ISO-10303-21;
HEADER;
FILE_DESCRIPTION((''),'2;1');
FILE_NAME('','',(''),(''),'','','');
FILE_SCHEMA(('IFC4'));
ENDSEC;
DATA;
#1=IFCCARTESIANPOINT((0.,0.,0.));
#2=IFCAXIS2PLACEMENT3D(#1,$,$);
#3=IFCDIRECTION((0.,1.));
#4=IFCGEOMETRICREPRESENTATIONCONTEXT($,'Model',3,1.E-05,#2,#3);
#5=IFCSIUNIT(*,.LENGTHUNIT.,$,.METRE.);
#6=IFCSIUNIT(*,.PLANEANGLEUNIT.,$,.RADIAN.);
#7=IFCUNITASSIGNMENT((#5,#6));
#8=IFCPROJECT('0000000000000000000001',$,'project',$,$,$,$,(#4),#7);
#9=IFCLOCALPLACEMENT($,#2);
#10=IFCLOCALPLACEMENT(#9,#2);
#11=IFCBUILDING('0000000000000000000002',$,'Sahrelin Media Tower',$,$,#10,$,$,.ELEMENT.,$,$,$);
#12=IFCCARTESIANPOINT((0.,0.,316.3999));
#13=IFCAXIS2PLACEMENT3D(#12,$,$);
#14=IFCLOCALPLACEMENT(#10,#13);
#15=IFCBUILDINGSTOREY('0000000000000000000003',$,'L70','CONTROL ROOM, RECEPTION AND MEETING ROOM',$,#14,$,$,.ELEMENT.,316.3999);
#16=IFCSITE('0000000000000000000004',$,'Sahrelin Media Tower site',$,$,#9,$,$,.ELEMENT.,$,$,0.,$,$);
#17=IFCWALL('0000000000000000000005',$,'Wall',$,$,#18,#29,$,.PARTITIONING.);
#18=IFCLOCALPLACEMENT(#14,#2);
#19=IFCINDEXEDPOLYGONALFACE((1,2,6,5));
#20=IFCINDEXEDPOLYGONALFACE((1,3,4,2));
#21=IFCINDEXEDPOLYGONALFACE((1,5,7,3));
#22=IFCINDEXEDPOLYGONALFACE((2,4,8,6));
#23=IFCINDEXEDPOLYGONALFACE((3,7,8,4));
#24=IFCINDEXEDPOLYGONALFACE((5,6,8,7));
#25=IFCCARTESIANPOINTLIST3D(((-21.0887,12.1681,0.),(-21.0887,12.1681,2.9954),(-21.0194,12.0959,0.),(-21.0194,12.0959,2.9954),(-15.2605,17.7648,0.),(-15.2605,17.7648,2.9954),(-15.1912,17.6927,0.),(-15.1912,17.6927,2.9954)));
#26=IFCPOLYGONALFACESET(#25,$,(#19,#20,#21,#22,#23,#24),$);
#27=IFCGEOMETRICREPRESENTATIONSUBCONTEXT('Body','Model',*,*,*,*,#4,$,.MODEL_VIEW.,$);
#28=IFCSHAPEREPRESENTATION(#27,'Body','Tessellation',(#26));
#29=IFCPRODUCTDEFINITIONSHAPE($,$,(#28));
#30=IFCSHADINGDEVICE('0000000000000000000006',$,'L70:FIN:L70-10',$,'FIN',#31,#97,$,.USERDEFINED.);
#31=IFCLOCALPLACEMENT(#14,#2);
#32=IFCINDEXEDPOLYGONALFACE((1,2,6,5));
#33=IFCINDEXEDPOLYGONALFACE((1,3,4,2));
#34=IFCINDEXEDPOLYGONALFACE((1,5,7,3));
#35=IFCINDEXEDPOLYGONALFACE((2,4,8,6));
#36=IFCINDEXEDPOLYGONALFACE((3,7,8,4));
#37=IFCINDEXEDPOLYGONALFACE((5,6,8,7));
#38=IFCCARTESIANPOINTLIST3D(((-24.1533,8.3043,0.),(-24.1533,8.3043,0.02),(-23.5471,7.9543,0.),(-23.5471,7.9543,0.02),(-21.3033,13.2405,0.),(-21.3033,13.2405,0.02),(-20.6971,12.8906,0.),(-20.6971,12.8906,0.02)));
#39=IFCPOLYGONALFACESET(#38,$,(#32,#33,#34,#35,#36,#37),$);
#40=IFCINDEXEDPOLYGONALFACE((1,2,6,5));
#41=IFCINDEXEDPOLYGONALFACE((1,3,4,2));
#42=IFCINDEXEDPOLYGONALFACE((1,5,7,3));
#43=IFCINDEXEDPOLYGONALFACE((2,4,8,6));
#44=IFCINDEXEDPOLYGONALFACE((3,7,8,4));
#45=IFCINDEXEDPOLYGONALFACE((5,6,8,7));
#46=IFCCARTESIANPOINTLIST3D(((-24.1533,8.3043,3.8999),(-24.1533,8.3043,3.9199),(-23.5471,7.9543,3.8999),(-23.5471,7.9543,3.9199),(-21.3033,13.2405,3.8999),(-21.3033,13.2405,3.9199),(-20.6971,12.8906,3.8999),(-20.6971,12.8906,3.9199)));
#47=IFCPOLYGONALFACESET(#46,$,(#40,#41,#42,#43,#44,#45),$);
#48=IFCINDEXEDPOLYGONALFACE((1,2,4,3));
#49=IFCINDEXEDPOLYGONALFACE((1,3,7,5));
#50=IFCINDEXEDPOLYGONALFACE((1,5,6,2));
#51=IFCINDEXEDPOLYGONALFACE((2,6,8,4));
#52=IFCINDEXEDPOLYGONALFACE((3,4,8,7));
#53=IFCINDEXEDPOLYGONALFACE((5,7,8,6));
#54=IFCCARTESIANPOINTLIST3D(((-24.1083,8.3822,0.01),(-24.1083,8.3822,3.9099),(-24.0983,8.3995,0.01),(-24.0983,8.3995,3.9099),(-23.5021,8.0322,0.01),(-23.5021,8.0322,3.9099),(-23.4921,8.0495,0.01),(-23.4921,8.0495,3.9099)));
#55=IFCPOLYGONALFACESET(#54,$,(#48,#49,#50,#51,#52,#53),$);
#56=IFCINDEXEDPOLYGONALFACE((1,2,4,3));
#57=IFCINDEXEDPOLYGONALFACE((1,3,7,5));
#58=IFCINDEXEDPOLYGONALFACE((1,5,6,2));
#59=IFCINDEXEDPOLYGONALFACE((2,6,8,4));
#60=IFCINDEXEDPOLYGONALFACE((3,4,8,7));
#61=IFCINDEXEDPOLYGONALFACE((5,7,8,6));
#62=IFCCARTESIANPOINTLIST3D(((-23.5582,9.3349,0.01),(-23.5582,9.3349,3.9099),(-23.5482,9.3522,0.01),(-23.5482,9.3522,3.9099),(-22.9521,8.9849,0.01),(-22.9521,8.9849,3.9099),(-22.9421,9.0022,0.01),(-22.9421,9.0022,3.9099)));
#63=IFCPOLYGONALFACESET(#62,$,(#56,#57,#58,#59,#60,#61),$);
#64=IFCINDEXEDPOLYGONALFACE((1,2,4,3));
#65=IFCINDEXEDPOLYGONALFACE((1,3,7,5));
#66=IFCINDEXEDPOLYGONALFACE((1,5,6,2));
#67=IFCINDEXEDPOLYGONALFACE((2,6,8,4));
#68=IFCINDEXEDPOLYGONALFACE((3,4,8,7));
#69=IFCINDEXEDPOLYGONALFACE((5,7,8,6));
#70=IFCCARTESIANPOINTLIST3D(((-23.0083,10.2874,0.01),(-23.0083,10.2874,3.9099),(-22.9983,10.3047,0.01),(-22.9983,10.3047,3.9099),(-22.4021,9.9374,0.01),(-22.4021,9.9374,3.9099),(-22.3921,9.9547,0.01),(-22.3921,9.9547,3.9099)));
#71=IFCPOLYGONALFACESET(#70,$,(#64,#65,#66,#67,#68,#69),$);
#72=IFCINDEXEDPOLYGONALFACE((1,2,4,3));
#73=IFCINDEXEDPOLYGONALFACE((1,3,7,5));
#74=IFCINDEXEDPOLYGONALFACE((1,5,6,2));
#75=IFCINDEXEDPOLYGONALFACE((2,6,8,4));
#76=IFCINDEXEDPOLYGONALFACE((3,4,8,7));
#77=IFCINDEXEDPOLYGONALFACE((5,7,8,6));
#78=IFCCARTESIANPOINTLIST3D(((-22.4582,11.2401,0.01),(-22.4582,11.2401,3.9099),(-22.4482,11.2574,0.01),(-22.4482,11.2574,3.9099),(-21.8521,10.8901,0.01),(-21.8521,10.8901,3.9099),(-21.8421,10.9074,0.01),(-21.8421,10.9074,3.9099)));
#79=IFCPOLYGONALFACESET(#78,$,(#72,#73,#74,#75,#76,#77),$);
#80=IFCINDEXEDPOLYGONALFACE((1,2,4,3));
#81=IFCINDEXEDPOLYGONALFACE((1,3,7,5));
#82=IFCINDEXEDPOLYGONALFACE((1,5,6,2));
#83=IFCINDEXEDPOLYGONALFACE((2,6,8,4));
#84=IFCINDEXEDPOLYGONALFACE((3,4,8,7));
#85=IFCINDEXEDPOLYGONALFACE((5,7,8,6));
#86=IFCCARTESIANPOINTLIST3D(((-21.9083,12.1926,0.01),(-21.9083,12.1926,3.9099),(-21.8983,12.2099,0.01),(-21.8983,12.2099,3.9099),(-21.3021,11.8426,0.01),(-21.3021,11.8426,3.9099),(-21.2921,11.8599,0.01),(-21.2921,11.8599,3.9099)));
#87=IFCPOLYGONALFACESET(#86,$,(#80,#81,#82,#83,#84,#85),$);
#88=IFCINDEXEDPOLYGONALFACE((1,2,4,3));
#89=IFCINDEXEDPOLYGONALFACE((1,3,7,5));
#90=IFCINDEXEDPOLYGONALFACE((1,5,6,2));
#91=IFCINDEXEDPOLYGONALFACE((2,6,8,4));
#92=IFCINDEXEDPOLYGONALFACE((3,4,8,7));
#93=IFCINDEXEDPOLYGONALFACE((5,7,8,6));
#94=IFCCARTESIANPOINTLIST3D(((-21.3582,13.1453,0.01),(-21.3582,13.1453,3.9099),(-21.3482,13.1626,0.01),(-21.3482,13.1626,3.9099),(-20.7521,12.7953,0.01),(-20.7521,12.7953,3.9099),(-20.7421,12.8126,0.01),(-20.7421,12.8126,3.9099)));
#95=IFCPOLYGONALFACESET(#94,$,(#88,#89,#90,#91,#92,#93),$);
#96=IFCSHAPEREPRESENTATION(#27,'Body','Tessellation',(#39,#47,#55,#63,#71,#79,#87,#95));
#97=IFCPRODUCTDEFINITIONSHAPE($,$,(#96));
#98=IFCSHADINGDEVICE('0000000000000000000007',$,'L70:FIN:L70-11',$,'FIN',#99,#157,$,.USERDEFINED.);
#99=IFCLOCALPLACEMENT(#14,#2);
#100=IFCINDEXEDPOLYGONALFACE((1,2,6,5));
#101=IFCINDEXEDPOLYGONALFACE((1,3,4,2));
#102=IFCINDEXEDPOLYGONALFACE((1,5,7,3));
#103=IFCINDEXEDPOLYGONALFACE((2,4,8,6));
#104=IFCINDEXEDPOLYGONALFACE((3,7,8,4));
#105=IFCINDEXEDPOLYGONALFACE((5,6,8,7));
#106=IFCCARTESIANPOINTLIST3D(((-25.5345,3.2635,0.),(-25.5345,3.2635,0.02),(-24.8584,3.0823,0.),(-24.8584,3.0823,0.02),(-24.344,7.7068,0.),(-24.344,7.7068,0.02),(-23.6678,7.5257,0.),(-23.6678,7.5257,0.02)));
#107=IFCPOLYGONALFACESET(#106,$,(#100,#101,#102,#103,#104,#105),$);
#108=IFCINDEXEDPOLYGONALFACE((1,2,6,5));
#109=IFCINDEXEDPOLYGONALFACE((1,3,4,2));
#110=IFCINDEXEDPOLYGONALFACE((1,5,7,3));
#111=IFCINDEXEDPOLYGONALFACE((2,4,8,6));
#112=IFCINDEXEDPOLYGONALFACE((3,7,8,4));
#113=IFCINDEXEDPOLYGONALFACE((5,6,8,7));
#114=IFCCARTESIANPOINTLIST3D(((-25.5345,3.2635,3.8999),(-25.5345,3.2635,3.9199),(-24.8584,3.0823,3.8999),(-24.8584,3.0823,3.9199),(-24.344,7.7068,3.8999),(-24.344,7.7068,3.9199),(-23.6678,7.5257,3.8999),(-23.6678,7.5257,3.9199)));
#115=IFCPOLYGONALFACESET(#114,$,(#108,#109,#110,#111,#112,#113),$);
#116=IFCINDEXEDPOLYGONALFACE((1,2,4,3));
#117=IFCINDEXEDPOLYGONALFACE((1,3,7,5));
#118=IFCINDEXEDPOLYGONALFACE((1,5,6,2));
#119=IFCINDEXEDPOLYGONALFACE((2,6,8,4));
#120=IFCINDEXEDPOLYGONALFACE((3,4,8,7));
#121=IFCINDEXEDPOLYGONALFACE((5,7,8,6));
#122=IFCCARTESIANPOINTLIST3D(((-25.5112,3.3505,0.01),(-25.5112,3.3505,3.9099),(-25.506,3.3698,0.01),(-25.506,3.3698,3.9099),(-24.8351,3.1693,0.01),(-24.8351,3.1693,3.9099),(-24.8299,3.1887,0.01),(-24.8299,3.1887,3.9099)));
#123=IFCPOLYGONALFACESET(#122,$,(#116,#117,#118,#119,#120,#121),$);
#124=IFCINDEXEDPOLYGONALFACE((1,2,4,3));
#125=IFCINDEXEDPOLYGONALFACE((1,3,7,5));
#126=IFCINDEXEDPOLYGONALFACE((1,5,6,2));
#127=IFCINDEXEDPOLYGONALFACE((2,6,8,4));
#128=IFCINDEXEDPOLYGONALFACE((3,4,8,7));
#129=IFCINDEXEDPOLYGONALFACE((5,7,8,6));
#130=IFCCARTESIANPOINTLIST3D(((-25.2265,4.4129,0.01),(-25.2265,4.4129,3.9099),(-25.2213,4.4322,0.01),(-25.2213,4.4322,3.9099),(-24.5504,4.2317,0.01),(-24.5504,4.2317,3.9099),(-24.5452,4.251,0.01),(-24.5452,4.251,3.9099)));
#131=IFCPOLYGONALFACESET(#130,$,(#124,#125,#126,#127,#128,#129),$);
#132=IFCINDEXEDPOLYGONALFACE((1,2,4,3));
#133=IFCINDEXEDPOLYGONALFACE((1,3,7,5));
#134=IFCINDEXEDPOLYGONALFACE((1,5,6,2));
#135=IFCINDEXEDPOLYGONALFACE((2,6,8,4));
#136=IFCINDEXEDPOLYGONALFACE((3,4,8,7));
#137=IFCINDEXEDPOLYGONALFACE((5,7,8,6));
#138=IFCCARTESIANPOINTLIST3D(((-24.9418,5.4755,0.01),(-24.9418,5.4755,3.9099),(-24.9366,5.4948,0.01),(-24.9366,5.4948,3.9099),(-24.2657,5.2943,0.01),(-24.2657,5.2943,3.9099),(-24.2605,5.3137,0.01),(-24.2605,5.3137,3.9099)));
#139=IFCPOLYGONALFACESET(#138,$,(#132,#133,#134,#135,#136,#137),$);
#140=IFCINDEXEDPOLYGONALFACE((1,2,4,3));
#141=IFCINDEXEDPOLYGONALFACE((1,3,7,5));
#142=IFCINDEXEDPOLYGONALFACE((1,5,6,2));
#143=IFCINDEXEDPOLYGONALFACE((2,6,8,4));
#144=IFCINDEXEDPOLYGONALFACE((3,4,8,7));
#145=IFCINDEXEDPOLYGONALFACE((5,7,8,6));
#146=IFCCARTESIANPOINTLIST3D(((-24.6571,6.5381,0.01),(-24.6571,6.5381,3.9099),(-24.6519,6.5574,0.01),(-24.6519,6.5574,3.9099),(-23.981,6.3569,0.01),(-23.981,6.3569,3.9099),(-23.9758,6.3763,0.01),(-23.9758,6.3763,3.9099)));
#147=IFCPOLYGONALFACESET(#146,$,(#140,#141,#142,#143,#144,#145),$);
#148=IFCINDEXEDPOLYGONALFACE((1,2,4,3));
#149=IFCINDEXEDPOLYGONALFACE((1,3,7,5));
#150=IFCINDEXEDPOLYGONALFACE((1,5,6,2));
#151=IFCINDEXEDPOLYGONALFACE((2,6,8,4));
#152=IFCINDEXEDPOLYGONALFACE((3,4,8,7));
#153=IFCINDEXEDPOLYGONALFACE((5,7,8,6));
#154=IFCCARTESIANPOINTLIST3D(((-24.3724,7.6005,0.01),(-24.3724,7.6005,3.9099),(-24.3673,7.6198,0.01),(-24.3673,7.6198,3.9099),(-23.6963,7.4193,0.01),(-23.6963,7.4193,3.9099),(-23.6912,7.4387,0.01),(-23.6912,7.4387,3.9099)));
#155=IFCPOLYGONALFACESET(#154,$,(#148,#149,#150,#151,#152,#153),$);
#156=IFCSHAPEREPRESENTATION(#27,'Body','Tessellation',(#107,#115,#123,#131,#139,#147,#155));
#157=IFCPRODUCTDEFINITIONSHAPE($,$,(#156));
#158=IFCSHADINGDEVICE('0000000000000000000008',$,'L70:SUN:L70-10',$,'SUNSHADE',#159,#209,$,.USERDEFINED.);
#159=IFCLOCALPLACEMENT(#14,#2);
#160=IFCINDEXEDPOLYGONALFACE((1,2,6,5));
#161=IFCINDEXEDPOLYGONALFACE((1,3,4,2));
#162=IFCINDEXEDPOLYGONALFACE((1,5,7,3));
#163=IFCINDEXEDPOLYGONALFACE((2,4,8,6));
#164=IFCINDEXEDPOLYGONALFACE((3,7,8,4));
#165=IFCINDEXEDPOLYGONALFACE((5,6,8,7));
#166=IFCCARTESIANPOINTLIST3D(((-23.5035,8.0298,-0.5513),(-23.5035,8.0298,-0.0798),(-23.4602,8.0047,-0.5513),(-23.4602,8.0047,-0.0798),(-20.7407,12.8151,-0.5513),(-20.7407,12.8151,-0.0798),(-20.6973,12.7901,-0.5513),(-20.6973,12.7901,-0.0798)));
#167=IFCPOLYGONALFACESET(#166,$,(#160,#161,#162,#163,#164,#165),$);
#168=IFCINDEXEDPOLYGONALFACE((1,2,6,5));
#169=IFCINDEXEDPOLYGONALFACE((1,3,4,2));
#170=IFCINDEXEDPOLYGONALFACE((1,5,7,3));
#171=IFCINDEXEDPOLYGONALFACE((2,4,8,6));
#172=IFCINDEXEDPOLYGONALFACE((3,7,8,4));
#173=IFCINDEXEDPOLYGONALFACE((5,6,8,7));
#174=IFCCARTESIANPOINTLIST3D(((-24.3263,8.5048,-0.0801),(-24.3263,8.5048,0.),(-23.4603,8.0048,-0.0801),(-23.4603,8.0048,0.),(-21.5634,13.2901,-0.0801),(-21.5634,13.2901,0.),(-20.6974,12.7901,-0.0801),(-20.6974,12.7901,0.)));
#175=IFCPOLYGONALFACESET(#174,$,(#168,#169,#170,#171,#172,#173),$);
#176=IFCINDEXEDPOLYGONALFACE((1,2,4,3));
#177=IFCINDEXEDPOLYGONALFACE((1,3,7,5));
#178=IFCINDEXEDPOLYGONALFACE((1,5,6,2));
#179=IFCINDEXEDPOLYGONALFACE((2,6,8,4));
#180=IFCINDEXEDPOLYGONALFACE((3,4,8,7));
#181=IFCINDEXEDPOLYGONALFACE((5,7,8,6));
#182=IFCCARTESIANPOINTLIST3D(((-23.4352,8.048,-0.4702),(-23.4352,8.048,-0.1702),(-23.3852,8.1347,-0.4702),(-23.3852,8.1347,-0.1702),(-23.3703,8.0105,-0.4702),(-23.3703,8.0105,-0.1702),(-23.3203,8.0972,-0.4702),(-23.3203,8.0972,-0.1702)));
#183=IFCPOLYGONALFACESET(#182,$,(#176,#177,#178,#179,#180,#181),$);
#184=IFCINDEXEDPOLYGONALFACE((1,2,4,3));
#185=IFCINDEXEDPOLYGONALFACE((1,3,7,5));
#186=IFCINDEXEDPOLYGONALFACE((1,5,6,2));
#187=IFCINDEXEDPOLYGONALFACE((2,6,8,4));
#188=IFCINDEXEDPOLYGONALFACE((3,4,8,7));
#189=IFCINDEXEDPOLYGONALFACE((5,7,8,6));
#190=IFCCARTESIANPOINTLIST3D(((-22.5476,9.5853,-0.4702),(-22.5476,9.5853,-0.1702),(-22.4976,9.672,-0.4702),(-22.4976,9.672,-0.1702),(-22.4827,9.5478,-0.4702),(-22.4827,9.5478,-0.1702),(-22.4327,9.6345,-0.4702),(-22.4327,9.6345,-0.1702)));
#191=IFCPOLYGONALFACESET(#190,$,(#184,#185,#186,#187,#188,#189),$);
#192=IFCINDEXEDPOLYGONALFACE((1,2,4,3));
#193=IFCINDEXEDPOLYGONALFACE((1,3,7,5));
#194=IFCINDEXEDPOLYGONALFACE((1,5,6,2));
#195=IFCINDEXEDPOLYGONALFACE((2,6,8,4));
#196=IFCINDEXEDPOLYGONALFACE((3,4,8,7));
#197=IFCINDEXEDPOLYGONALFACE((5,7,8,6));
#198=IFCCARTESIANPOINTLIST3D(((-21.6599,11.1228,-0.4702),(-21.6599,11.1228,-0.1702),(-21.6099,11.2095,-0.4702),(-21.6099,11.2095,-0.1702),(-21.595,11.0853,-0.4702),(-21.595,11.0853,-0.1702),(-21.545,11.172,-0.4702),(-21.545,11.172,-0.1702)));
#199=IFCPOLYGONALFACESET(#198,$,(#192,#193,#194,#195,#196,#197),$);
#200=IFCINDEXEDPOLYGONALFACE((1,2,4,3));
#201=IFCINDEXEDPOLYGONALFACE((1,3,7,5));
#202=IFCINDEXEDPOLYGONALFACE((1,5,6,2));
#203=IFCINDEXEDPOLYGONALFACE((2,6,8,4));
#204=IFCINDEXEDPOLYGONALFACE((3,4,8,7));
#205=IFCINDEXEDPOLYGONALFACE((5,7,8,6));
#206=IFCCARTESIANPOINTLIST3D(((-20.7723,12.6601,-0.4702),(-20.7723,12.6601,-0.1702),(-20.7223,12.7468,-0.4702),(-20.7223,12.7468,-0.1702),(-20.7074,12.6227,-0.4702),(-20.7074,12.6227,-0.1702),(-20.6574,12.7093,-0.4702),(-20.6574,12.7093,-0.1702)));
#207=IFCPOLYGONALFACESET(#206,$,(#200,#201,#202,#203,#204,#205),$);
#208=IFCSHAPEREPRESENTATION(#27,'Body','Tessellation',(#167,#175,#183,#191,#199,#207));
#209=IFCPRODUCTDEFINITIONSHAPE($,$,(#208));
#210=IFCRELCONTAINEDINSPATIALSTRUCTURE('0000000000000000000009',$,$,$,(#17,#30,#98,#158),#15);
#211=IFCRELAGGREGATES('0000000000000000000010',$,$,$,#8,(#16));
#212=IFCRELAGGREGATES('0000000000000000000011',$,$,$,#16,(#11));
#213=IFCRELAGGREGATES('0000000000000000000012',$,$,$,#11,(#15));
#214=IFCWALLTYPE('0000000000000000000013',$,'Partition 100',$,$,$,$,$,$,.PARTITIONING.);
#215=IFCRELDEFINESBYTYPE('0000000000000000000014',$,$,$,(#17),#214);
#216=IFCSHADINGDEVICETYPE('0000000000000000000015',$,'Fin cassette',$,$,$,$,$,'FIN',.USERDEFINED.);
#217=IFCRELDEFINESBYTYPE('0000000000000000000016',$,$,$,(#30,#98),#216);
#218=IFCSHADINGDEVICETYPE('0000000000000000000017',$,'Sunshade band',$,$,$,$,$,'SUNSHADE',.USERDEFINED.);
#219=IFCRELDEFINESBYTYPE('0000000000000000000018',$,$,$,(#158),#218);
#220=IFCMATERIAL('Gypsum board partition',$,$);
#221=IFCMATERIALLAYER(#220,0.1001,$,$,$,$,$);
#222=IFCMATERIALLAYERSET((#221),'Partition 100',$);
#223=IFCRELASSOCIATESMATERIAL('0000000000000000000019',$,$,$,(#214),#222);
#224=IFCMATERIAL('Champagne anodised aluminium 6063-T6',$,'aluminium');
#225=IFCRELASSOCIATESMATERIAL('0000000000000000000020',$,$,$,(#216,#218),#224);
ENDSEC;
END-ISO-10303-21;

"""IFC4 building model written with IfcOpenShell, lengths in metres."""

from ifc_helpers import new_model, si_unit, direction, frame, frame_2d, origin, origin_2d, place, context, subcontext, project, spatial, rectangle, extrude, material, layer, layer_set, type_object, element, save


model = new_model("IFC4")

# Units and contexts
model_context = context("Model", 3, precision=1e-05, world=origin(), true_north=direction((0.0, 1.0)))
body_context = subcontext(model_context, "Body", "Model", "MODEL_VIEW")
ifc_project = project(units=[si_unit("LENGTHUNIT", "METRE"), si_unit("PLANEANGLEUNIT", "RADIAN")], contexts=[model_context])

# Site, building, storey
site_placement = place(None, origin())
site = spatial("IfcSite", under=ifc_project, at=site_placement, Name="Sahrelin Media Tower site", CompositionType="ELEMENT", RefElevation=0.0)
building_placement = place(site_placement, origin())
building = spatial("IfcBuilding", under=site, at=building_placement, Name="Sahrelin Media Tower", CompositionType="ELEMENT")
storey_placement = place(building_placement, frame((0.0, 0.0, 316.3999)))
storey = spatial("IfcBuildingStorey", under=building, at=storey_placement, Name="L70", Description="CONTROL ROOM, RECEPTION AND MEETING ROOM", CompositionType="ELEMENT", Elevation=316.3999)

# Shared definitions
ifc_material_1 = material(Name="Champagne anodised aluminium 6063-T6", Category="aluminium")

# Wall
ifc_material_2 = material(Name="Gypsum board partition")
ifc_layer_1 = layer(ifc_material_2, 0.1001)
ifc_layer_set_1 = layer_set([ifc_layer_1], Name="Partition 100")
wall_type_1 = type_object("IfcWallType", Name="Partition 100", PredefinedType="PARTITIONING", material=ifc_layer_set_1)
wall_1_placement = place(storey_placement, frame((-21.054, 12.1321, 0.0), z_axis=(0.0, 0.0, 1.0), x_axis=(0.721283, 0.69264, 0.0)))
element("IfcWall", 1, at=wall_1_placement, inside=storey, type_object=wall_type_1, Name="Wall", PredefinedType="PARTITIONING", context=body_context, shape_type="SweptSolid", body=[
    extrude(rectangle(XDim=8.0803, YDim=0.1001, at=frame_2d((4.04, 0.0))), origin(), (0.0, 0.0, 1.0), 2.9954),
])

# Shading devices
shading_device_type_1 = type_object("IfcShadingDeviceType", Name="Fin cassette", ElementType="FIN", PredefinedType="USERDEFINED", material=ifc_material_1)
placement_1 = place(storey_placement, frame((-22.0615, 10.3875, 0.0), z_axis=(0.0, 0.0, 1.0), x_axis=(0.500011, 0.866019, 0.0)))
element("IfcShadingDevice", 2, at=placement_1, inside=storey, type_object=shading_device_type_1, Name="L70:FIN:L70-10", ObjectType="FIN", PredefinedType="USERDEFINED", context=body_context, shape_type="SweptSolid", body=[
    extrude(rectangle(XDim=5.7, YDim=0.7, at=origin_2d()), frame((0.0, 0.4199, 0.0)), (0.0, 0.0, 1.0), 0.02),
    extrude(rectangle(XDim=5.7, YDim=0.7, at=origin_2d()), frame((0.0, 0.4199, 3.8999)), (0.0, 0.0, 1.0), 0.02),
    extrude(rectangle(XDim=0.02, YDim=0.7, at=origin_2d()), frame((-2.75, 0.4199, 0.01), z_axis=(0.0, 0.0, 1.0), x_axis=(1.0, 0.0, 0.0)), (0.0, 0.0, 1.0), 3.8999),
    extrude(rectangle(XDim=0.02, YDim=0.7, at=origin_2d()), frame((-1.6499, 0.4199, 0.01), z_axis=(0.0, 0.0, 1.0), x_axis=(1.0, 0.0, 0.0)), (0.0, 0.0, 1.0), 3.8999),
    extrude(rectangle(XDim=0.02, YDim=0.7, at=origin_2d()), frame((-0.55, 0.4199, 0.01), z_axis=(0.0, 0.0, 1.0), x_axis=(1.0, 0.0, 0.0)), (0.0, 0.0, 1.0), 3.8999),
    extrude(rectangle(XDim=0.02, YDim=0.7, at=origin_2d()), frame((0.55, 0.4199, 0.01), z_axis=(0.0, 0.0, 1.0), x_axis=(1.0, 0.0, 0.0)), (0.0, 0.0, 1.0), 3.8999),
    extrude(rectangle(XDim=0.02, YDim=0.7, at=origin_2d()), frame((1.6499, 0.4199, 0.01), z_axis=(0.0, 0.0, 1.0), x_axis=(1.0, 0.0, 0.0)), (0.0, 0.0, 1.0), 3.8999),
    extrude(rectangle(XDim=0.02, YDim=0.7, at=origin_2d()), frame((2.75, 0.4199, 0.01), z_axis=(0.0, 0.0, 1.0), x_axis=(1.0, 0.0, 0.0)), (0.0, 0.0, 1.0), 3.8999),
])
placement_2 = place(storey_placement, frame((-24.1956, 5.2859, 0.0), z_axis=(0.0, 0.0, 1.0), x_axis=(0.258808, 0.965929, 0.0)))
element("IfcShadingDevice", 3, at=placement_2, inside=storey, type_object=shading_device_type_1, Name="L70:FIN:L70-11", ObjectType="FIN", PredefinedType="USERDEFINED", context=body_context, shape_type="SweptSolid", body=[
    extrude(rectangle(XDim=4.6001, YDim=0.7, at=origin_2d()), frame((0.0, 0.4199, 0.0)), (0.0, 0.0, 1.0), 0.02),
    extrude(rectangle(XDim=4.6001, YDim=0.7, at=origin_2d()), frame((0.0, 0.4199, 3.8999)), (0.0, 0.0, 1.0), 0.02),
    extrude(rectangle(XDim=0.02, YDim=0.7, at=origin_2d()), frame((-2.2, 0.4199, 0.01), z_axis=(0.0, 0.0, 1.0), x_axis=(1.0, 0.0, 0.0)), (0.0, 0.0, 1.0), 3.8999),
    extrude(rectangle(XDim=0.02, YDim=0.7, at=origin_2d()), frame((-1.1001, 0.4199, 0.01), z_axis=(0.0, 0.0, 1.0), x_axis=(1.0, 0.0, 0.0)), (0.0, 0.0, 1.0), 3.8999),
    extrude(rectangle(XDim=0.02, YDim=0.7, at=origin_2d()), frame((0.0, 0.4199, 0.01), z_axis=(0.0, 0.0, 1.0), x_axis=(1.0, 0.0, 0.0)), (0.0, 0.0, 1.0), 3.8999),
    extrude(rectangle(XDim=0.02, YDim=0.7, at=origin_2d()), frame((1.1001, 0.4199, 0.01), z_axis=(0.0, 0.0, 1.0), x_axis=(1.0, 0.0, 0.0)), (0.0, 0.0, 1.0), 3.8999),
    extrude(rectangle(XDim=0.02, YDim=0.7, at=origin_2d()), frame((2.2, 0.4199, 0.01), z_axis=(0.0, 0.0, 1.0), x_axis=(1.0, 0.0, 0.0)), (0.0, 0.0, 1.0), 3.8999),
])
shading_device_type_2 = type_object("IfcShadingDeviceType", Name="Sunshade band", ElementType="SUNSHADE", PredefinedType="USERDEFINED", material=ifc_material_1)
element("IfcShadingDevice", 4, at=placement_1, inside=storey, type_object=shading_device_type_2, Name="L70:SUN:L70-10", ObjectType="SUNSHADE", PredefinedType="USERDEFINED", context=body_context, shape_type="SweptSolid", body=[
    extrude(rectangle(XDim=5.5256, YDim=0.05, at=origin_2d()), frame((0.0, 0.0449, -0.5513)), (0.0, 0.0, 1.0), 0.4714),
    extrude(rectangle(XDim=5.5256, YDim=1.0, at=origin_2d()), frame((0.0, 0.52, -0.0801)), (0.0, 0.0, 1.0), 0.0801),
    extrude(rectangle(XDim=0.1001, YDim=0.075, at=origin_2d()), frame((-2.6628, -0.0176, -0.4702)), (0.0, 0.0, 1.0), 0.3),
    extrude(rectangle(XDim=0.1001, YDim=0.075, at=origin_2d()), frame((-0.8877, -0.0176, -0.4702)), (0.0, 0.0, 1.0), 0.3),
    extrude(rectangle(XDim=0.1001, YDim=0.075, at=origin_2d()), frame((0.8877, -0.0176, -0.4702)), (0.0, 0.0, 1.0), 0.3),
    extrude(rectangle(XDim=0.1001, YDim=0.075, at=origin_2d()), frame((2.6628, -0.0176, -0.4702)), (0.0, 0.0, 1.0), 0.3),
])

save(model, "model.ifc")
